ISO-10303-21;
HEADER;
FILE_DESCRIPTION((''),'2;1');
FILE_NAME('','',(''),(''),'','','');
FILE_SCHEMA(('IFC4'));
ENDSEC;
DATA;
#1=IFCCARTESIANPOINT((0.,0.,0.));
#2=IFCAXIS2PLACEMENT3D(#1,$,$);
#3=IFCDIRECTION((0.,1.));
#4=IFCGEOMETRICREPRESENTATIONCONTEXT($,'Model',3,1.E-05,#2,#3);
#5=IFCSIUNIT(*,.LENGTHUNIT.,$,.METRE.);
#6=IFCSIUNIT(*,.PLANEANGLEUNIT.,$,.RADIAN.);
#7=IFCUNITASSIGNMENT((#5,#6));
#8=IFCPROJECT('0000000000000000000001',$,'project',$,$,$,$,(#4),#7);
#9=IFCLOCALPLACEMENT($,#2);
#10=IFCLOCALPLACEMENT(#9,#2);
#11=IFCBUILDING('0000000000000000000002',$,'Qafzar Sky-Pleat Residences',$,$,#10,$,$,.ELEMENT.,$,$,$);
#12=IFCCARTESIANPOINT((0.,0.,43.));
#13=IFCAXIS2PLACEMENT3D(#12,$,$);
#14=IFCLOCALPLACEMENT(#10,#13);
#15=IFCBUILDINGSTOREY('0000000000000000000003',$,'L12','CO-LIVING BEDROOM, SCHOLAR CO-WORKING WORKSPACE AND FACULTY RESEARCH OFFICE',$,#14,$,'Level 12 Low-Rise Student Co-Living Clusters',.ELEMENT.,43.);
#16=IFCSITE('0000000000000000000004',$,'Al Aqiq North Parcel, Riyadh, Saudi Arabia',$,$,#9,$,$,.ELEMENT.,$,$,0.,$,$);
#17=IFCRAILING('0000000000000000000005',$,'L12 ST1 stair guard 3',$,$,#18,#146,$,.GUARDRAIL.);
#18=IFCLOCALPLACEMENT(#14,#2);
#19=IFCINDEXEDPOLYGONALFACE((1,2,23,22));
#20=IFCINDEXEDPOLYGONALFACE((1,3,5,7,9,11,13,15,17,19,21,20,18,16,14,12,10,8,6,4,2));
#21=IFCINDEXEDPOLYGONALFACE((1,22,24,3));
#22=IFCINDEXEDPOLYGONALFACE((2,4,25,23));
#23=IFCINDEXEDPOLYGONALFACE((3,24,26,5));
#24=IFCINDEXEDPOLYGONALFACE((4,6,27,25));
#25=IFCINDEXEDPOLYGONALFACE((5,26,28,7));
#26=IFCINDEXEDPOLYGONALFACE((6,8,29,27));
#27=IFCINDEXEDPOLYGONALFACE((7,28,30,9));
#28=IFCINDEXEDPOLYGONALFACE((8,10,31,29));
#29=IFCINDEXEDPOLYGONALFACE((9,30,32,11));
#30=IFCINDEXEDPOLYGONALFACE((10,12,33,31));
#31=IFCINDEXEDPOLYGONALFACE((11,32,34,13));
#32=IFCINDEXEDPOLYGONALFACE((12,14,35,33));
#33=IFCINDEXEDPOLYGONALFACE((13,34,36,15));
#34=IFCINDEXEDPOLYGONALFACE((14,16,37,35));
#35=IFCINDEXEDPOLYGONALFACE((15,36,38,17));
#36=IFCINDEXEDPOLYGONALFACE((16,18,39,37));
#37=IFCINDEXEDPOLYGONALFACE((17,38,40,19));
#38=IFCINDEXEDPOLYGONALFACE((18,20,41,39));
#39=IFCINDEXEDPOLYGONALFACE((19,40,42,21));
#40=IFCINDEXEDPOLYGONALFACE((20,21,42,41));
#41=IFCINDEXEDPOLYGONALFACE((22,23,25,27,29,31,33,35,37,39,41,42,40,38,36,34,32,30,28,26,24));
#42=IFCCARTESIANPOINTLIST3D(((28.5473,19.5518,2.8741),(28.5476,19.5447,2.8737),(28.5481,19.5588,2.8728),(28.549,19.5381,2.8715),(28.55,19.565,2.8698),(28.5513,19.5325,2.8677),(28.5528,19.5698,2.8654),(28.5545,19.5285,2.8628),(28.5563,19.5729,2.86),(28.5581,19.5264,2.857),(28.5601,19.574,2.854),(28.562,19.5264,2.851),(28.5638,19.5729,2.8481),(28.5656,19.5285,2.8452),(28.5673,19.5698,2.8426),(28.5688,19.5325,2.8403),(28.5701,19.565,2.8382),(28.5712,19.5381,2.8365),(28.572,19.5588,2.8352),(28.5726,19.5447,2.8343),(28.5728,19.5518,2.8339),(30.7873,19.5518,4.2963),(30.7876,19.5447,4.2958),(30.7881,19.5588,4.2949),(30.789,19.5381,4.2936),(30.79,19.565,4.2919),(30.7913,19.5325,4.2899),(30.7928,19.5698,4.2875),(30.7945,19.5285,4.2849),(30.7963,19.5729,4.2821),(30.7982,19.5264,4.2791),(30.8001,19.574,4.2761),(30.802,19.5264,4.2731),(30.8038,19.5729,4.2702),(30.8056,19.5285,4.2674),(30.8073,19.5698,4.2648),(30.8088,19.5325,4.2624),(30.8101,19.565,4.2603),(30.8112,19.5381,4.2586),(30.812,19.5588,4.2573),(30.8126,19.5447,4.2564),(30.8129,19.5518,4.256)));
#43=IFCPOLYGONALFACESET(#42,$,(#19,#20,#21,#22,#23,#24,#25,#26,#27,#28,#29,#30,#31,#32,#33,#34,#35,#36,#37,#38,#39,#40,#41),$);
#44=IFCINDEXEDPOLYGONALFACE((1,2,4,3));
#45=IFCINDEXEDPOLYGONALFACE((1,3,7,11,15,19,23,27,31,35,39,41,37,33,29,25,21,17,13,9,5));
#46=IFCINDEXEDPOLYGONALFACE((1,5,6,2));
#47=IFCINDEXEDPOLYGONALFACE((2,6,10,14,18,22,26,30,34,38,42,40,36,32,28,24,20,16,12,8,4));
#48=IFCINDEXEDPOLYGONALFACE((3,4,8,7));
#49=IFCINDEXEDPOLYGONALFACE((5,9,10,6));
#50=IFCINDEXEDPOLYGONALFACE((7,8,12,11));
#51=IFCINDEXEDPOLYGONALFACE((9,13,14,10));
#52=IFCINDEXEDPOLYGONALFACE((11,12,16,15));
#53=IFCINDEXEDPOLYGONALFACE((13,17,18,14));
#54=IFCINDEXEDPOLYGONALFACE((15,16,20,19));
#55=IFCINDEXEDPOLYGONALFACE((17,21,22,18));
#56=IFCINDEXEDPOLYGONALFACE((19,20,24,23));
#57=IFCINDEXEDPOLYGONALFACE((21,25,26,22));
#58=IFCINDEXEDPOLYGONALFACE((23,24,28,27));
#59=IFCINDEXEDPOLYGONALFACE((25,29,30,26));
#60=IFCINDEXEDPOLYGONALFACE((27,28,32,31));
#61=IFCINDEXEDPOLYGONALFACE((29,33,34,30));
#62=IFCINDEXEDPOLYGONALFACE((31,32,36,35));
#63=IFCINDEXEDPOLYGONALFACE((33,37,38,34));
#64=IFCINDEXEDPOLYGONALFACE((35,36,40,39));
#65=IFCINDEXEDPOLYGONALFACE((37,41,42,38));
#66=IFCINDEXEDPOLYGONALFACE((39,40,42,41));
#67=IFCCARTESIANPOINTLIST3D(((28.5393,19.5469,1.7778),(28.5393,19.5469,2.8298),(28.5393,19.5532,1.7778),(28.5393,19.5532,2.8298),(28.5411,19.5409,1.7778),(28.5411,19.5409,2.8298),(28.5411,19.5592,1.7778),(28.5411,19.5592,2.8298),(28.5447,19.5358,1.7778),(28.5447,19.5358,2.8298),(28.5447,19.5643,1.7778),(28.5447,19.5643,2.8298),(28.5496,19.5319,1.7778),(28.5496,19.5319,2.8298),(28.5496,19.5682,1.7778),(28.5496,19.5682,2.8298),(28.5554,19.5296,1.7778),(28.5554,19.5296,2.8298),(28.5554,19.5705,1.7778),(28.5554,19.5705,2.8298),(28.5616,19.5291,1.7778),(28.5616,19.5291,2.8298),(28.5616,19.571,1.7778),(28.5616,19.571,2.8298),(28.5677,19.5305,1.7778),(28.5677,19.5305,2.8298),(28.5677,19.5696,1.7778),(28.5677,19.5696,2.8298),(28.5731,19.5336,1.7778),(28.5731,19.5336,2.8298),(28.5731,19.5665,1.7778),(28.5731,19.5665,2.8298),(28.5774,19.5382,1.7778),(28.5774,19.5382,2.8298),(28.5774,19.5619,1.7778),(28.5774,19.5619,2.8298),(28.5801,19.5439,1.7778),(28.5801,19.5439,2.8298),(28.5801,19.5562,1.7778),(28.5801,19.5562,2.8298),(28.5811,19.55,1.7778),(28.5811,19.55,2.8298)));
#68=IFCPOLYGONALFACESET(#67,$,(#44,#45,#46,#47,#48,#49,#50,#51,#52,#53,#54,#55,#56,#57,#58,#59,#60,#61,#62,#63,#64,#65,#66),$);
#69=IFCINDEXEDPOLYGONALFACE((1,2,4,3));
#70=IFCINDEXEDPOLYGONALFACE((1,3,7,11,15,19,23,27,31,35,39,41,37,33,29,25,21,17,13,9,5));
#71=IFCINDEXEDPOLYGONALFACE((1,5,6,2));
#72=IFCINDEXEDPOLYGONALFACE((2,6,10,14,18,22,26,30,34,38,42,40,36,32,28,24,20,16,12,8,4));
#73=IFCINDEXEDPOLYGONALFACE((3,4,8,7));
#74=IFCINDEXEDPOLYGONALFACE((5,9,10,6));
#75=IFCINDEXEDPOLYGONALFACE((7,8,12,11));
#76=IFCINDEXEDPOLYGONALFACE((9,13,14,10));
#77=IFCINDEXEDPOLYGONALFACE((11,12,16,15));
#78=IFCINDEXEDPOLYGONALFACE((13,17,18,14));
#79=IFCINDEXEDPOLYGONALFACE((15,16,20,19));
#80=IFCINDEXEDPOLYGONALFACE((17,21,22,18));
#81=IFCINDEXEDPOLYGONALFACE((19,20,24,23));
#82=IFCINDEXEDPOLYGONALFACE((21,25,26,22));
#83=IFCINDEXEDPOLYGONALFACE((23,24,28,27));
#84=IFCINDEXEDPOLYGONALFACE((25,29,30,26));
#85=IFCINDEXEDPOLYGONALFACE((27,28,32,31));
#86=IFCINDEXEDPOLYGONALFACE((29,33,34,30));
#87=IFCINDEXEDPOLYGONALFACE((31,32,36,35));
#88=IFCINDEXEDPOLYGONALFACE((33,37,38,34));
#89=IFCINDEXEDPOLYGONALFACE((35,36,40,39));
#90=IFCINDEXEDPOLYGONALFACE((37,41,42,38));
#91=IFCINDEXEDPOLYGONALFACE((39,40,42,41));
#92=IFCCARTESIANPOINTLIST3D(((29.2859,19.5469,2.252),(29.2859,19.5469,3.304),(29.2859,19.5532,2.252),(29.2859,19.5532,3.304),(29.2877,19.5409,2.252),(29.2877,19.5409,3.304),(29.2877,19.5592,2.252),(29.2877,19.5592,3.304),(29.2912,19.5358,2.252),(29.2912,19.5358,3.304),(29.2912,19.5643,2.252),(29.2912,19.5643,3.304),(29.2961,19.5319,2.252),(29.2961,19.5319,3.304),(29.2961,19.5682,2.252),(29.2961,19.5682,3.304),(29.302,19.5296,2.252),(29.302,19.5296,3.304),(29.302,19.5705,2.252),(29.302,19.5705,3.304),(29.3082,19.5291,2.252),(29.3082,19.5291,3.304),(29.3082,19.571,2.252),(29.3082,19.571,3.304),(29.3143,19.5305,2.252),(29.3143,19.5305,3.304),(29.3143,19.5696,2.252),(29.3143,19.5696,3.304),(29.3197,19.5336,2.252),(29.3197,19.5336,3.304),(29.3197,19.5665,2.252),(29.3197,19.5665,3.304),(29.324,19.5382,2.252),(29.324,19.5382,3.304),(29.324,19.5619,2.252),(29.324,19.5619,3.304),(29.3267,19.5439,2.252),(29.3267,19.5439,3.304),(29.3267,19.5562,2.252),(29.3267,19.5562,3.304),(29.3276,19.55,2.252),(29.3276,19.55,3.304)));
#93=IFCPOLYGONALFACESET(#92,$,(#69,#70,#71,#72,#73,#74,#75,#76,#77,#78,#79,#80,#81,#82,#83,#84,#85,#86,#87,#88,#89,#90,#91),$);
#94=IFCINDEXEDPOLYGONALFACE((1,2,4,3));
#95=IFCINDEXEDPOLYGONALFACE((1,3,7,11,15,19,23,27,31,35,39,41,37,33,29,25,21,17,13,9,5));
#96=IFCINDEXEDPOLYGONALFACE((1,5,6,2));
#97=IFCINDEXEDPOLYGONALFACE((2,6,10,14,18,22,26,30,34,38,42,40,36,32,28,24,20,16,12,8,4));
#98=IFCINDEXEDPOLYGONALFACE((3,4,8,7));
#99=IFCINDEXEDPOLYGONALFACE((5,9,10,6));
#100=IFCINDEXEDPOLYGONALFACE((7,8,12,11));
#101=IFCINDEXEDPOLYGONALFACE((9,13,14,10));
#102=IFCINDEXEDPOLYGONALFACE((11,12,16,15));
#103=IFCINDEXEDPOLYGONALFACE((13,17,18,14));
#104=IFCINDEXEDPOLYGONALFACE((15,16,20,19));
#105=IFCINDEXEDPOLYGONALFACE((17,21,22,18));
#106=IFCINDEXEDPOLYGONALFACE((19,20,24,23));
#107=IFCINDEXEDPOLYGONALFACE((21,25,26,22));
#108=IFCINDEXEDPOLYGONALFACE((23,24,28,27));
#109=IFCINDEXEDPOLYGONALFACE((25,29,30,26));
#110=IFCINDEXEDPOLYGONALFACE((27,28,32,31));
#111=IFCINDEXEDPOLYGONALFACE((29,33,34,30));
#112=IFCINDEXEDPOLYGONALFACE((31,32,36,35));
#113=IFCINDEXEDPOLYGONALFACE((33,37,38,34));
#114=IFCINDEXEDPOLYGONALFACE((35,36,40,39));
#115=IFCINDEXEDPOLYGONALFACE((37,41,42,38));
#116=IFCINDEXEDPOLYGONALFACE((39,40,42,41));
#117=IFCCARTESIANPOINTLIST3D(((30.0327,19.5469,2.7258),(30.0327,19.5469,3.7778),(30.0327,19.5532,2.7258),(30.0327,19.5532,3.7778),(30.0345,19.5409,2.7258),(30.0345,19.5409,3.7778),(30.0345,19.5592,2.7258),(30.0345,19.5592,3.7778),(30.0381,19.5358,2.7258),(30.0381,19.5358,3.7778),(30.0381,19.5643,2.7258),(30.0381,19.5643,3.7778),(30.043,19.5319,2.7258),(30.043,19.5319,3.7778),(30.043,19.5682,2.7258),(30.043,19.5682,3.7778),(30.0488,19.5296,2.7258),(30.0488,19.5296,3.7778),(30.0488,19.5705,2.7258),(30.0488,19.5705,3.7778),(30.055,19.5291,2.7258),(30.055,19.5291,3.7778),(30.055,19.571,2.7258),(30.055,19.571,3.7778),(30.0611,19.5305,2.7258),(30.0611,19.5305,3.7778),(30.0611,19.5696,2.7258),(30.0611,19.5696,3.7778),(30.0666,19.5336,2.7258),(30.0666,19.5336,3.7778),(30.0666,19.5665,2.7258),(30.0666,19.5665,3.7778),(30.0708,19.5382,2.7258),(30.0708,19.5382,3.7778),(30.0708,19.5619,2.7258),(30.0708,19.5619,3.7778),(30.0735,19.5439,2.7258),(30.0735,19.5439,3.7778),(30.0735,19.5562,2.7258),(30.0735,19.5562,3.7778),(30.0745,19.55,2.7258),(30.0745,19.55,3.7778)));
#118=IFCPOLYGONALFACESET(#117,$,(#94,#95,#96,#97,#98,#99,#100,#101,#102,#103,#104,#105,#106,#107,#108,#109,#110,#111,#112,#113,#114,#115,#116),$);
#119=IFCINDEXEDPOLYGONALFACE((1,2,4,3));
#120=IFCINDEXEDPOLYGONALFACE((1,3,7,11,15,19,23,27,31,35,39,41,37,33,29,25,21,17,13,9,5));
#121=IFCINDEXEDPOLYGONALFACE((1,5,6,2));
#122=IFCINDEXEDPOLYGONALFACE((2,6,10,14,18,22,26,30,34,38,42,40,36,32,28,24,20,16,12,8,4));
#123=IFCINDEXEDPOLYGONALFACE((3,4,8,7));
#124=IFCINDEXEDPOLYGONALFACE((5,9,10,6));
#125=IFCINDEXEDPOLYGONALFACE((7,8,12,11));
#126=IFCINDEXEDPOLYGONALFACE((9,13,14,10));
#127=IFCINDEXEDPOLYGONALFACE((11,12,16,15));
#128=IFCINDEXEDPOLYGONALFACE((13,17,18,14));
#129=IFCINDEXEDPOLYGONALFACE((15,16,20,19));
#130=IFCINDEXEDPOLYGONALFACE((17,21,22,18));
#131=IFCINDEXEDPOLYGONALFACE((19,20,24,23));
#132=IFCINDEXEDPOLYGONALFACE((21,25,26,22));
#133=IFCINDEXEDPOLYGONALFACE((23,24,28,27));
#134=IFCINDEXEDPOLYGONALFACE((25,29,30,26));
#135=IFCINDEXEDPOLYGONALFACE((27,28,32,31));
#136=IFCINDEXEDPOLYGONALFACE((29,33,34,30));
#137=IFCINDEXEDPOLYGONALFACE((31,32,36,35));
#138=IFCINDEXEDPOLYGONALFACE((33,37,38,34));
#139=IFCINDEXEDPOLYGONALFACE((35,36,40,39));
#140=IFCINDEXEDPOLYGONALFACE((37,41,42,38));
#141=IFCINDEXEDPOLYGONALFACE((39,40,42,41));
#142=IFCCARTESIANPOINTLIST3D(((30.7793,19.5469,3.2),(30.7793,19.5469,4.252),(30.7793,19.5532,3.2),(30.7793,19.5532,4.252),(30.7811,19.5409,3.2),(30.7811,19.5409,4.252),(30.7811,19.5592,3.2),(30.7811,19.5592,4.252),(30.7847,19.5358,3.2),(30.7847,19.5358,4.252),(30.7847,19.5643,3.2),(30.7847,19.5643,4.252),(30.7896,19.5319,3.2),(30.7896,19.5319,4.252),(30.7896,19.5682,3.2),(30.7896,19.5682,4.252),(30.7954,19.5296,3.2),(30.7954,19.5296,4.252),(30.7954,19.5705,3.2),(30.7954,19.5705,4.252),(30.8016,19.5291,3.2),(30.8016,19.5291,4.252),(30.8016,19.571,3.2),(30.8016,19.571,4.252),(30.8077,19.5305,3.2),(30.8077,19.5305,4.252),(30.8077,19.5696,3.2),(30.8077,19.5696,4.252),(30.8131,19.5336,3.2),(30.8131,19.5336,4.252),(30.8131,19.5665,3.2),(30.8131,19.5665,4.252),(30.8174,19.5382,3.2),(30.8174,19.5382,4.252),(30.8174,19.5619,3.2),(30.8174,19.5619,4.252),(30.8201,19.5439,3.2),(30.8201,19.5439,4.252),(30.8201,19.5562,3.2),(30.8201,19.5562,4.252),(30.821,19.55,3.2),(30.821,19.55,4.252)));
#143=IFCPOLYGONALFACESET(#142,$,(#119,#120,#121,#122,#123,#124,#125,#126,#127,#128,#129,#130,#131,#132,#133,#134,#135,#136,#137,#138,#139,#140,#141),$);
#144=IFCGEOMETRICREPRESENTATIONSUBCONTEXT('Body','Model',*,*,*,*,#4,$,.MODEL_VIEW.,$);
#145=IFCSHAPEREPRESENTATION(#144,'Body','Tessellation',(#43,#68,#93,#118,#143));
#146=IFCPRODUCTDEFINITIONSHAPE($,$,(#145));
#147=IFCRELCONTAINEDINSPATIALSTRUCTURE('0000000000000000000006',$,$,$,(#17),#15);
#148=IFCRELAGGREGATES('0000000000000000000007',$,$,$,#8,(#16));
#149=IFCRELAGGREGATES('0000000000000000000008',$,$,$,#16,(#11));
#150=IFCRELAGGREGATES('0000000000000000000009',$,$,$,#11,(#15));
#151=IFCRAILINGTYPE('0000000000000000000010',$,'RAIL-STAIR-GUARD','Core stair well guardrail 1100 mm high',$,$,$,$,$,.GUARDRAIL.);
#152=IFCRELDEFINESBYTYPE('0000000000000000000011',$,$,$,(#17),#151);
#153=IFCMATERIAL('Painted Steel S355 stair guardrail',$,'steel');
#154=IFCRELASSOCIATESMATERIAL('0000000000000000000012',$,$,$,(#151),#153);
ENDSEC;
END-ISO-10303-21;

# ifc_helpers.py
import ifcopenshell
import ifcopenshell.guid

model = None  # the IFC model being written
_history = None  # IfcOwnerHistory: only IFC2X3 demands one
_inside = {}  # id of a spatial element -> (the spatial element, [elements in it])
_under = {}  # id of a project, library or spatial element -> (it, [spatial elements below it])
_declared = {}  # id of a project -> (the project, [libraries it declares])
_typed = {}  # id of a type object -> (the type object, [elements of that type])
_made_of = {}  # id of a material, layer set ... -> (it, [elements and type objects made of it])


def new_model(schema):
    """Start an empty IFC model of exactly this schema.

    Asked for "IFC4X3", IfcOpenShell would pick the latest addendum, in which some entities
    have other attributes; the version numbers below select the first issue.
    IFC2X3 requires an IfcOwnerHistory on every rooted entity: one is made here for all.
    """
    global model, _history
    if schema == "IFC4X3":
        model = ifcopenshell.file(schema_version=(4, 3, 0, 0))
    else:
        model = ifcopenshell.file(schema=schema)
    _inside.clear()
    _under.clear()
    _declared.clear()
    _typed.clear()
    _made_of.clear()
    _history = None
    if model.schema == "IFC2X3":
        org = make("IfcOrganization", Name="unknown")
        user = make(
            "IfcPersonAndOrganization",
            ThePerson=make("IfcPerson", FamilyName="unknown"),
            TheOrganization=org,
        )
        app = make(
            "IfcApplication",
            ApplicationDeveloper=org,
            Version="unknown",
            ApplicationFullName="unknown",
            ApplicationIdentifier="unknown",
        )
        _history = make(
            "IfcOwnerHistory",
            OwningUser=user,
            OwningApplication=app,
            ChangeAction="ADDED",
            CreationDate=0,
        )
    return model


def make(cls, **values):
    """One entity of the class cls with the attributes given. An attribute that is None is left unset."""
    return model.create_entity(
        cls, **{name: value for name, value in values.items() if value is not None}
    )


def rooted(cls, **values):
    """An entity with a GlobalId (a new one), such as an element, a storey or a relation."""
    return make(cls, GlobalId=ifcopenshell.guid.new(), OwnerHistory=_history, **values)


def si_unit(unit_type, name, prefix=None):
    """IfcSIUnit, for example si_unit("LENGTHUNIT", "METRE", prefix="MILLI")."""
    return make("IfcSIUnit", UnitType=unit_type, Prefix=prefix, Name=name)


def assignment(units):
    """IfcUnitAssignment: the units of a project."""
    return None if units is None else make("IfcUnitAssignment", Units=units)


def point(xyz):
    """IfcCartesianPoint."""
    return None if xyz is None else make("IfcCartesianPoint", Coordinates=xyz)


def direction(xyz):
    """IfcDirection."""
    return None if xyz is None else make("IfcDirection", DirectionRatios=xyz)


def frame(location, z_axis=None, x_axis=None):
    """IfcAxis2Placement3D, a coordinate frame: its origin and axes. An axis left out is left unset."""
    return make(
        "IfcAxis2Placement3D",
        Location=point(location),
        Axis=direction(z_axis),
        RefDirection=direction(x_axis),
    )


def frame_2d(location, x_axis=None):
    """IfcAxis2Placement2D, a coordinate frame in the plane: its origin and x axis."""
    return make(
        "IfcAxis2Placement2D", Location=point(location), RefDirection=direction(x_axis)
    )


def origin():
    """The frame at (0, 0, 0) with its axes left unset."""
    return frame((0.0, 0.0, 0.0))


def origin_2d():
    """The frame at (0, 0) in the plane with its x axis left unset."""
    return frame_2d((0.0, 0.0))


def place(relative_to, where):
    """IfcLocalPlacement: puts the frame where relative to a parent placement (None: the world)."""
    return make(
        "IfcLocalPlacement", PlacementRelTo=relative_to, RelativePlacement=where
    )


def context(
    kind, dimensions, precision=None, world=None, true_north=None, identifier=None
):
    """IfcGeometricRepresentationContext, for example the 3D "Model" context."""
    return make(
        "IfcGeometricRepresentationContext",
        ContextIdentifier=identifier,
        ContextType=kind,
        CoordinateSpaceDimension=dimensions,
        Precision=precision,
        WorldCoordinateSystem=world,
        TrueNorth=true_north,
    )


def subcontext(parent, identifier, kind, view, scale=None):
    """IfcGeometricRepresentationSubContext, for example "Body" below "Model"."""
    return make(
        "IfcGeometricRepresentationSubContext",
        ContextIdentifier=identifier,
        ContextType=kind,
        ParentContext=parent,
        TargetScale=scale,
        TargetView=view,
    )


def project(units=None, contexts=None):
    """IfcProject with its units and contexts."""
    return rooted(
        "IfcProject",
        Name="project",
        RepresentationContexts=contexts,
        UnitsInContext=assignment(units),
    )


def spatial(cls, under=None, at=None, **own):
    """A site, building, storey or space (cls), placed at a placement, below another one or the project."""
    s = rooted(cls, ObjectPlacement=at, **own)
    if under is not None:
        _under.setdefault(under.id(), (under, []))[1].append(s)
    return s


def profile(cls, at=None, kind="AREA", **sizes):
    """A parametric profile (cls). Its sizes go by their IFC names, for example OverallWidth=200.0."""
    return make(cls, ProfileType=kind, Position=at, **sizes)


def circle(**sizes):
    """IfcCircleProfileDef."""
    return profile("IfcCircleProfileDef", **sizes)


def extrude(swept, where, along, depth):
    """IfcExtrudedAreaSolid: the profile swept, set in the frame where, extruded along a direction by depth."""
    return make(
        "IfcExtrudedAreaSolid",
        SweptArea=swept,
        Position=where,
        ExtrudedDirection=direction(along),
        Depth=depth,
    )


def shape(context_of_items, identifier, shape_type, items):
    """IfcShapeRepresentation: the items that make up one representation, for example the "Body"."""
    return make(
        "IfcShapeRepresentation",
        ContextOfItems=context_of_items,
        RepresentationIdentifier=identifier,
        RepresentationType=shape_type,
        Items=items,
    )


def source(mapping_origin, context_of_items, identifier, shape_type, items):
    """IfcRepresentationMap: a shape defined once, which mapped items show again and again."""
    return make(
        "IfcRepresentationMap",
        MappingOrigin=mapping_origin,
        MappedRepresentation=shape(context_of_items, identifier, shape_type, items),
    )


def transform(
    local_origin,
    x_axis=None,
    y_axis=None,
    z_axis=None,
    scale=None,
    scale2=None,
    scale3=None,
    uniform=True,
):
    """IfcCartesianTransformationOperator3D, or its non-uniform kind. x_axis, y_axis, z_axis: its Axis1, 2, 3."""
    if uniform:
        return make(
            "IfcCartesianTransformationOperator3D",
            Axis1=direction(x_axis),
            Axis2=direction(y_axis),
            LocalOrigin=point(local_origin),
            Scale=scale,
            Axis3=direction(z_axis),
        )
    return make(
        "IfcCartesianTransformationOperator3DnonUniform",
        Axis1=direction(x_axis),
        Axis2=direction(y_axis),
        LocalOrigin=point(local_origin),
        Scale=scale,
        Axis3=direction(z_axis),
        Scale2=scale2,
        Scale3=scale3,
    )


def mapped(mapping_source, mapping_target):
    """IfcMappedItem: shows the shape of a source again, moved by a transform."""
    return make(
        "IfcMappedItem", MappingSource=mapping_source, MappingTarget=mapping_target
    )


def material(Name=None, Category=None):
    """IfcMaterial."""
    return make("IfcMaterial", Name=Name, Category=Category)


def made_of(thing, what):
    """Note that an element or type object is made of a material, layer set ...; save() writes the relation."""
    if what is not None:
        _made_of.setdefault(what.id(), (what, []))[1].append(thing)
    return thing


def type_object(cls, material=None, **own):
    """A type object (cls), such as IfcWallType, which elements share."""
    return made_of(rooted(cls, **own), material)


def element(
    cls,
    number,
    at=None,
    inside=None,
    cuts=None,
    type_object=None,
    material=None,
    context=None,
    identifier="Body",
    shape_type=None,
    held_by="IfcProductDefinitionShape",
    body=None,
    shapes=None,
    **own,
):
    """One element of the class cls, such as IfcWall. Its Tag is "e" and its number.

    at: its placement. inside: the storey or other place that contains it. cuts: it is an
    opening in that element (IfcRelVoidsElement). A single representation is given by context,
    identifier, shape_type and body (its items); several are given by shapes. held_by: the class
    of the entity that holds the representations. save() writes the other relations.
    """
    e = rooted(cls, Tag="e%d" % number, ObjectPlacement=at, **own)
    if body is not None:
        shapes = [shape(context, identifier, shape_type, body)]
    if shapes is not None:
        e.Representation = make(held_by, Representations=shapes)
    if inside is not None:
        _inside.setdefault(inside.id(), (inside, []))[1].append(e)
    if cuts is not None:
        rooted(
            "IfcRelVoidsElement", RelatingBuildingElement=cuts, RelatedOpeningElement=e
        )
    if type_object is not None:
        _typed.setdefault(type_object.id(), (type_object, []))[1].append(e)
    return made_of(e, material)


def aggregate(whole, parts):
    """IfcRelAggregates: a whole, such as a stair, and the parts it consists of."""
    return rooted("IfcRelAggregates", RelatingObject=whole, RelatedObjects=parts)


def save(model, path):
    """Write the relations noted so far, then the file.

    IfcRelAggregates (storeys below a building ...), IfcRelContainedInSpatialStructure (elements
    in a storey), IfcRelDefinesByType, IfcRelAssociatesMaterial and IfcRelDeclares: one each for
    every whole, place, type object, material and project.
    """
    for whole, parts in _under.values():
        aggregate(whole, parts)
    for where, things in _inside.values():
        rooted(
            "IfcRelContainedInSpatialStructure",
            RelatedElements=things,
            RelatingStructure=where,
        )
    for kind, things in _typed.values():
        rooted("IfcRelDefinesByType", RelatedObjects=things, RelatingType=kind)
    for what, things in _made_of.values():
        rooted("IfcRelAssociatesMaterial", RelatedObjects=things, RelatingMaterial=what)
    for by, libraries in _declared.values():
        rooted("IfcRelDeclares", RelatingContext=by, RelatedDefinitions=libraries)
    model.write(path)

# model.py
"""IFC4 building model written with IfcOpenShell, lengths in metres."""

from ifc_helpers import new_model, si_unit, direction, frame, origin, origin_2d, place, context, subcontext, project, spatial, circle, extrude, source, transform, mapped, material, type_object, element, save


model = new_model("IFC4")

# Units and contexts
model_context = context("Model", 3, precision=1e-05, world=origin(), true_north=direction((0.0, 1.0)))
body_context = subcontext(model_context, "Body", "Model", "MODEL_VIEW")
ifc_project = project(units=[si_unit("LENGTHUNIT", "METRE"), si_unit("PLANEANGLEUNIT", "RADIAN")], contexts=[model_context])

# Site, building, storey
site_placement = place(None, origin())
site = spatial("IfcSite", under=ifc_project, at=site_placement, Name="Al Aqiq North Parcel, Riyadh, Saudi Arabia", CompositionType="ELEMENT", RefElevation=0.0)
building_placement = place(site_placement, origin())
building = spatial("IfcBuilding", under=site, at=building_placement, Name="Qafzar Sky-Pleat Residences", CompositionType="ELEMENT")
storey_placement = place(building_placement, frame((0.0, 0.0, 43.0)))
storey = spatial("IfcBuildingStorey", under=building, at=storey_placement, Name="L12", Description="CO-LIVING BEDROOM, SCHOLAR CO-WORKING WORKSPACE AND FACULTY RESEARCH OFFICE", LongName="Level 12 Low-Rise Student Co-Living Clusters", CompositionType="ELEMENT", Elevation=43.0)

# Railing
ifc_material_1 = material(Name="Painted Steel S355 stair guardrail", Category="steel")
railing_type_1 = type_object("IfcRailingType", Name="RAIL-STAIR-GUARD", Description="Core stair well guardrail 1100 mm high", PredefinedType="GUARDRAIL", material=ifc_material_1)
shared_shape_1 = source(origin(), body_context, "Body", "SweptSolid", [
    extrude(circle(Radius=0.0239, at=origin_2d()), frame((0.0, 0.0, 1.0762), z_axis=(0.844229, 0.0, 0.535982), x_axis=(0.0, 1.0, 0.0)), (0.0, 0.0, 1.0), 2.6533),
    extrude(circle(Radius=0.021, at=origin_2d()), origin(), (0.0, 0.0, 1.0), 1.052),
    extrude(circle(Radius=0.021, at=origin_2d()), frame((0.7466, 0.0, 0.4741)), (0.0, 0.0, 1.0), 1.052),
    extrude(circle(Radius=0.021, at=origin_2d()), frame((1.4934, 0.0, 0.948)), (0.0, 0.0, 1.0), 1.052),
    extrude(circle(Radius=0.021, at=origin_2d()), frame((2.24, 0.0, 1.4221)), (0.0, 0.0, 1.0), 1.052),
])
railing_1_placement = place(storey_placement, frame((28.5601, 19.55, 1.7778)))
element("IfcRailing", 1, at=railing_1_placement, inside=storey, type_object=railing_type_1, Name="L12 ST1 stair guard 3", PredefinedType="GUARDRAIL", context=body_context, shape_type="MappedRepresentation", body=[
    mapped(shared_shape_1, transform((0.0, 0.0, 0.0), x_axis=(1.0, 0.0, 0.0), y_axis=(0.0, 1.0, 0.0), z_axis=(0.0, 0.0, 1.0), scale=1.0)),
])

save(model, "model.ifc")
